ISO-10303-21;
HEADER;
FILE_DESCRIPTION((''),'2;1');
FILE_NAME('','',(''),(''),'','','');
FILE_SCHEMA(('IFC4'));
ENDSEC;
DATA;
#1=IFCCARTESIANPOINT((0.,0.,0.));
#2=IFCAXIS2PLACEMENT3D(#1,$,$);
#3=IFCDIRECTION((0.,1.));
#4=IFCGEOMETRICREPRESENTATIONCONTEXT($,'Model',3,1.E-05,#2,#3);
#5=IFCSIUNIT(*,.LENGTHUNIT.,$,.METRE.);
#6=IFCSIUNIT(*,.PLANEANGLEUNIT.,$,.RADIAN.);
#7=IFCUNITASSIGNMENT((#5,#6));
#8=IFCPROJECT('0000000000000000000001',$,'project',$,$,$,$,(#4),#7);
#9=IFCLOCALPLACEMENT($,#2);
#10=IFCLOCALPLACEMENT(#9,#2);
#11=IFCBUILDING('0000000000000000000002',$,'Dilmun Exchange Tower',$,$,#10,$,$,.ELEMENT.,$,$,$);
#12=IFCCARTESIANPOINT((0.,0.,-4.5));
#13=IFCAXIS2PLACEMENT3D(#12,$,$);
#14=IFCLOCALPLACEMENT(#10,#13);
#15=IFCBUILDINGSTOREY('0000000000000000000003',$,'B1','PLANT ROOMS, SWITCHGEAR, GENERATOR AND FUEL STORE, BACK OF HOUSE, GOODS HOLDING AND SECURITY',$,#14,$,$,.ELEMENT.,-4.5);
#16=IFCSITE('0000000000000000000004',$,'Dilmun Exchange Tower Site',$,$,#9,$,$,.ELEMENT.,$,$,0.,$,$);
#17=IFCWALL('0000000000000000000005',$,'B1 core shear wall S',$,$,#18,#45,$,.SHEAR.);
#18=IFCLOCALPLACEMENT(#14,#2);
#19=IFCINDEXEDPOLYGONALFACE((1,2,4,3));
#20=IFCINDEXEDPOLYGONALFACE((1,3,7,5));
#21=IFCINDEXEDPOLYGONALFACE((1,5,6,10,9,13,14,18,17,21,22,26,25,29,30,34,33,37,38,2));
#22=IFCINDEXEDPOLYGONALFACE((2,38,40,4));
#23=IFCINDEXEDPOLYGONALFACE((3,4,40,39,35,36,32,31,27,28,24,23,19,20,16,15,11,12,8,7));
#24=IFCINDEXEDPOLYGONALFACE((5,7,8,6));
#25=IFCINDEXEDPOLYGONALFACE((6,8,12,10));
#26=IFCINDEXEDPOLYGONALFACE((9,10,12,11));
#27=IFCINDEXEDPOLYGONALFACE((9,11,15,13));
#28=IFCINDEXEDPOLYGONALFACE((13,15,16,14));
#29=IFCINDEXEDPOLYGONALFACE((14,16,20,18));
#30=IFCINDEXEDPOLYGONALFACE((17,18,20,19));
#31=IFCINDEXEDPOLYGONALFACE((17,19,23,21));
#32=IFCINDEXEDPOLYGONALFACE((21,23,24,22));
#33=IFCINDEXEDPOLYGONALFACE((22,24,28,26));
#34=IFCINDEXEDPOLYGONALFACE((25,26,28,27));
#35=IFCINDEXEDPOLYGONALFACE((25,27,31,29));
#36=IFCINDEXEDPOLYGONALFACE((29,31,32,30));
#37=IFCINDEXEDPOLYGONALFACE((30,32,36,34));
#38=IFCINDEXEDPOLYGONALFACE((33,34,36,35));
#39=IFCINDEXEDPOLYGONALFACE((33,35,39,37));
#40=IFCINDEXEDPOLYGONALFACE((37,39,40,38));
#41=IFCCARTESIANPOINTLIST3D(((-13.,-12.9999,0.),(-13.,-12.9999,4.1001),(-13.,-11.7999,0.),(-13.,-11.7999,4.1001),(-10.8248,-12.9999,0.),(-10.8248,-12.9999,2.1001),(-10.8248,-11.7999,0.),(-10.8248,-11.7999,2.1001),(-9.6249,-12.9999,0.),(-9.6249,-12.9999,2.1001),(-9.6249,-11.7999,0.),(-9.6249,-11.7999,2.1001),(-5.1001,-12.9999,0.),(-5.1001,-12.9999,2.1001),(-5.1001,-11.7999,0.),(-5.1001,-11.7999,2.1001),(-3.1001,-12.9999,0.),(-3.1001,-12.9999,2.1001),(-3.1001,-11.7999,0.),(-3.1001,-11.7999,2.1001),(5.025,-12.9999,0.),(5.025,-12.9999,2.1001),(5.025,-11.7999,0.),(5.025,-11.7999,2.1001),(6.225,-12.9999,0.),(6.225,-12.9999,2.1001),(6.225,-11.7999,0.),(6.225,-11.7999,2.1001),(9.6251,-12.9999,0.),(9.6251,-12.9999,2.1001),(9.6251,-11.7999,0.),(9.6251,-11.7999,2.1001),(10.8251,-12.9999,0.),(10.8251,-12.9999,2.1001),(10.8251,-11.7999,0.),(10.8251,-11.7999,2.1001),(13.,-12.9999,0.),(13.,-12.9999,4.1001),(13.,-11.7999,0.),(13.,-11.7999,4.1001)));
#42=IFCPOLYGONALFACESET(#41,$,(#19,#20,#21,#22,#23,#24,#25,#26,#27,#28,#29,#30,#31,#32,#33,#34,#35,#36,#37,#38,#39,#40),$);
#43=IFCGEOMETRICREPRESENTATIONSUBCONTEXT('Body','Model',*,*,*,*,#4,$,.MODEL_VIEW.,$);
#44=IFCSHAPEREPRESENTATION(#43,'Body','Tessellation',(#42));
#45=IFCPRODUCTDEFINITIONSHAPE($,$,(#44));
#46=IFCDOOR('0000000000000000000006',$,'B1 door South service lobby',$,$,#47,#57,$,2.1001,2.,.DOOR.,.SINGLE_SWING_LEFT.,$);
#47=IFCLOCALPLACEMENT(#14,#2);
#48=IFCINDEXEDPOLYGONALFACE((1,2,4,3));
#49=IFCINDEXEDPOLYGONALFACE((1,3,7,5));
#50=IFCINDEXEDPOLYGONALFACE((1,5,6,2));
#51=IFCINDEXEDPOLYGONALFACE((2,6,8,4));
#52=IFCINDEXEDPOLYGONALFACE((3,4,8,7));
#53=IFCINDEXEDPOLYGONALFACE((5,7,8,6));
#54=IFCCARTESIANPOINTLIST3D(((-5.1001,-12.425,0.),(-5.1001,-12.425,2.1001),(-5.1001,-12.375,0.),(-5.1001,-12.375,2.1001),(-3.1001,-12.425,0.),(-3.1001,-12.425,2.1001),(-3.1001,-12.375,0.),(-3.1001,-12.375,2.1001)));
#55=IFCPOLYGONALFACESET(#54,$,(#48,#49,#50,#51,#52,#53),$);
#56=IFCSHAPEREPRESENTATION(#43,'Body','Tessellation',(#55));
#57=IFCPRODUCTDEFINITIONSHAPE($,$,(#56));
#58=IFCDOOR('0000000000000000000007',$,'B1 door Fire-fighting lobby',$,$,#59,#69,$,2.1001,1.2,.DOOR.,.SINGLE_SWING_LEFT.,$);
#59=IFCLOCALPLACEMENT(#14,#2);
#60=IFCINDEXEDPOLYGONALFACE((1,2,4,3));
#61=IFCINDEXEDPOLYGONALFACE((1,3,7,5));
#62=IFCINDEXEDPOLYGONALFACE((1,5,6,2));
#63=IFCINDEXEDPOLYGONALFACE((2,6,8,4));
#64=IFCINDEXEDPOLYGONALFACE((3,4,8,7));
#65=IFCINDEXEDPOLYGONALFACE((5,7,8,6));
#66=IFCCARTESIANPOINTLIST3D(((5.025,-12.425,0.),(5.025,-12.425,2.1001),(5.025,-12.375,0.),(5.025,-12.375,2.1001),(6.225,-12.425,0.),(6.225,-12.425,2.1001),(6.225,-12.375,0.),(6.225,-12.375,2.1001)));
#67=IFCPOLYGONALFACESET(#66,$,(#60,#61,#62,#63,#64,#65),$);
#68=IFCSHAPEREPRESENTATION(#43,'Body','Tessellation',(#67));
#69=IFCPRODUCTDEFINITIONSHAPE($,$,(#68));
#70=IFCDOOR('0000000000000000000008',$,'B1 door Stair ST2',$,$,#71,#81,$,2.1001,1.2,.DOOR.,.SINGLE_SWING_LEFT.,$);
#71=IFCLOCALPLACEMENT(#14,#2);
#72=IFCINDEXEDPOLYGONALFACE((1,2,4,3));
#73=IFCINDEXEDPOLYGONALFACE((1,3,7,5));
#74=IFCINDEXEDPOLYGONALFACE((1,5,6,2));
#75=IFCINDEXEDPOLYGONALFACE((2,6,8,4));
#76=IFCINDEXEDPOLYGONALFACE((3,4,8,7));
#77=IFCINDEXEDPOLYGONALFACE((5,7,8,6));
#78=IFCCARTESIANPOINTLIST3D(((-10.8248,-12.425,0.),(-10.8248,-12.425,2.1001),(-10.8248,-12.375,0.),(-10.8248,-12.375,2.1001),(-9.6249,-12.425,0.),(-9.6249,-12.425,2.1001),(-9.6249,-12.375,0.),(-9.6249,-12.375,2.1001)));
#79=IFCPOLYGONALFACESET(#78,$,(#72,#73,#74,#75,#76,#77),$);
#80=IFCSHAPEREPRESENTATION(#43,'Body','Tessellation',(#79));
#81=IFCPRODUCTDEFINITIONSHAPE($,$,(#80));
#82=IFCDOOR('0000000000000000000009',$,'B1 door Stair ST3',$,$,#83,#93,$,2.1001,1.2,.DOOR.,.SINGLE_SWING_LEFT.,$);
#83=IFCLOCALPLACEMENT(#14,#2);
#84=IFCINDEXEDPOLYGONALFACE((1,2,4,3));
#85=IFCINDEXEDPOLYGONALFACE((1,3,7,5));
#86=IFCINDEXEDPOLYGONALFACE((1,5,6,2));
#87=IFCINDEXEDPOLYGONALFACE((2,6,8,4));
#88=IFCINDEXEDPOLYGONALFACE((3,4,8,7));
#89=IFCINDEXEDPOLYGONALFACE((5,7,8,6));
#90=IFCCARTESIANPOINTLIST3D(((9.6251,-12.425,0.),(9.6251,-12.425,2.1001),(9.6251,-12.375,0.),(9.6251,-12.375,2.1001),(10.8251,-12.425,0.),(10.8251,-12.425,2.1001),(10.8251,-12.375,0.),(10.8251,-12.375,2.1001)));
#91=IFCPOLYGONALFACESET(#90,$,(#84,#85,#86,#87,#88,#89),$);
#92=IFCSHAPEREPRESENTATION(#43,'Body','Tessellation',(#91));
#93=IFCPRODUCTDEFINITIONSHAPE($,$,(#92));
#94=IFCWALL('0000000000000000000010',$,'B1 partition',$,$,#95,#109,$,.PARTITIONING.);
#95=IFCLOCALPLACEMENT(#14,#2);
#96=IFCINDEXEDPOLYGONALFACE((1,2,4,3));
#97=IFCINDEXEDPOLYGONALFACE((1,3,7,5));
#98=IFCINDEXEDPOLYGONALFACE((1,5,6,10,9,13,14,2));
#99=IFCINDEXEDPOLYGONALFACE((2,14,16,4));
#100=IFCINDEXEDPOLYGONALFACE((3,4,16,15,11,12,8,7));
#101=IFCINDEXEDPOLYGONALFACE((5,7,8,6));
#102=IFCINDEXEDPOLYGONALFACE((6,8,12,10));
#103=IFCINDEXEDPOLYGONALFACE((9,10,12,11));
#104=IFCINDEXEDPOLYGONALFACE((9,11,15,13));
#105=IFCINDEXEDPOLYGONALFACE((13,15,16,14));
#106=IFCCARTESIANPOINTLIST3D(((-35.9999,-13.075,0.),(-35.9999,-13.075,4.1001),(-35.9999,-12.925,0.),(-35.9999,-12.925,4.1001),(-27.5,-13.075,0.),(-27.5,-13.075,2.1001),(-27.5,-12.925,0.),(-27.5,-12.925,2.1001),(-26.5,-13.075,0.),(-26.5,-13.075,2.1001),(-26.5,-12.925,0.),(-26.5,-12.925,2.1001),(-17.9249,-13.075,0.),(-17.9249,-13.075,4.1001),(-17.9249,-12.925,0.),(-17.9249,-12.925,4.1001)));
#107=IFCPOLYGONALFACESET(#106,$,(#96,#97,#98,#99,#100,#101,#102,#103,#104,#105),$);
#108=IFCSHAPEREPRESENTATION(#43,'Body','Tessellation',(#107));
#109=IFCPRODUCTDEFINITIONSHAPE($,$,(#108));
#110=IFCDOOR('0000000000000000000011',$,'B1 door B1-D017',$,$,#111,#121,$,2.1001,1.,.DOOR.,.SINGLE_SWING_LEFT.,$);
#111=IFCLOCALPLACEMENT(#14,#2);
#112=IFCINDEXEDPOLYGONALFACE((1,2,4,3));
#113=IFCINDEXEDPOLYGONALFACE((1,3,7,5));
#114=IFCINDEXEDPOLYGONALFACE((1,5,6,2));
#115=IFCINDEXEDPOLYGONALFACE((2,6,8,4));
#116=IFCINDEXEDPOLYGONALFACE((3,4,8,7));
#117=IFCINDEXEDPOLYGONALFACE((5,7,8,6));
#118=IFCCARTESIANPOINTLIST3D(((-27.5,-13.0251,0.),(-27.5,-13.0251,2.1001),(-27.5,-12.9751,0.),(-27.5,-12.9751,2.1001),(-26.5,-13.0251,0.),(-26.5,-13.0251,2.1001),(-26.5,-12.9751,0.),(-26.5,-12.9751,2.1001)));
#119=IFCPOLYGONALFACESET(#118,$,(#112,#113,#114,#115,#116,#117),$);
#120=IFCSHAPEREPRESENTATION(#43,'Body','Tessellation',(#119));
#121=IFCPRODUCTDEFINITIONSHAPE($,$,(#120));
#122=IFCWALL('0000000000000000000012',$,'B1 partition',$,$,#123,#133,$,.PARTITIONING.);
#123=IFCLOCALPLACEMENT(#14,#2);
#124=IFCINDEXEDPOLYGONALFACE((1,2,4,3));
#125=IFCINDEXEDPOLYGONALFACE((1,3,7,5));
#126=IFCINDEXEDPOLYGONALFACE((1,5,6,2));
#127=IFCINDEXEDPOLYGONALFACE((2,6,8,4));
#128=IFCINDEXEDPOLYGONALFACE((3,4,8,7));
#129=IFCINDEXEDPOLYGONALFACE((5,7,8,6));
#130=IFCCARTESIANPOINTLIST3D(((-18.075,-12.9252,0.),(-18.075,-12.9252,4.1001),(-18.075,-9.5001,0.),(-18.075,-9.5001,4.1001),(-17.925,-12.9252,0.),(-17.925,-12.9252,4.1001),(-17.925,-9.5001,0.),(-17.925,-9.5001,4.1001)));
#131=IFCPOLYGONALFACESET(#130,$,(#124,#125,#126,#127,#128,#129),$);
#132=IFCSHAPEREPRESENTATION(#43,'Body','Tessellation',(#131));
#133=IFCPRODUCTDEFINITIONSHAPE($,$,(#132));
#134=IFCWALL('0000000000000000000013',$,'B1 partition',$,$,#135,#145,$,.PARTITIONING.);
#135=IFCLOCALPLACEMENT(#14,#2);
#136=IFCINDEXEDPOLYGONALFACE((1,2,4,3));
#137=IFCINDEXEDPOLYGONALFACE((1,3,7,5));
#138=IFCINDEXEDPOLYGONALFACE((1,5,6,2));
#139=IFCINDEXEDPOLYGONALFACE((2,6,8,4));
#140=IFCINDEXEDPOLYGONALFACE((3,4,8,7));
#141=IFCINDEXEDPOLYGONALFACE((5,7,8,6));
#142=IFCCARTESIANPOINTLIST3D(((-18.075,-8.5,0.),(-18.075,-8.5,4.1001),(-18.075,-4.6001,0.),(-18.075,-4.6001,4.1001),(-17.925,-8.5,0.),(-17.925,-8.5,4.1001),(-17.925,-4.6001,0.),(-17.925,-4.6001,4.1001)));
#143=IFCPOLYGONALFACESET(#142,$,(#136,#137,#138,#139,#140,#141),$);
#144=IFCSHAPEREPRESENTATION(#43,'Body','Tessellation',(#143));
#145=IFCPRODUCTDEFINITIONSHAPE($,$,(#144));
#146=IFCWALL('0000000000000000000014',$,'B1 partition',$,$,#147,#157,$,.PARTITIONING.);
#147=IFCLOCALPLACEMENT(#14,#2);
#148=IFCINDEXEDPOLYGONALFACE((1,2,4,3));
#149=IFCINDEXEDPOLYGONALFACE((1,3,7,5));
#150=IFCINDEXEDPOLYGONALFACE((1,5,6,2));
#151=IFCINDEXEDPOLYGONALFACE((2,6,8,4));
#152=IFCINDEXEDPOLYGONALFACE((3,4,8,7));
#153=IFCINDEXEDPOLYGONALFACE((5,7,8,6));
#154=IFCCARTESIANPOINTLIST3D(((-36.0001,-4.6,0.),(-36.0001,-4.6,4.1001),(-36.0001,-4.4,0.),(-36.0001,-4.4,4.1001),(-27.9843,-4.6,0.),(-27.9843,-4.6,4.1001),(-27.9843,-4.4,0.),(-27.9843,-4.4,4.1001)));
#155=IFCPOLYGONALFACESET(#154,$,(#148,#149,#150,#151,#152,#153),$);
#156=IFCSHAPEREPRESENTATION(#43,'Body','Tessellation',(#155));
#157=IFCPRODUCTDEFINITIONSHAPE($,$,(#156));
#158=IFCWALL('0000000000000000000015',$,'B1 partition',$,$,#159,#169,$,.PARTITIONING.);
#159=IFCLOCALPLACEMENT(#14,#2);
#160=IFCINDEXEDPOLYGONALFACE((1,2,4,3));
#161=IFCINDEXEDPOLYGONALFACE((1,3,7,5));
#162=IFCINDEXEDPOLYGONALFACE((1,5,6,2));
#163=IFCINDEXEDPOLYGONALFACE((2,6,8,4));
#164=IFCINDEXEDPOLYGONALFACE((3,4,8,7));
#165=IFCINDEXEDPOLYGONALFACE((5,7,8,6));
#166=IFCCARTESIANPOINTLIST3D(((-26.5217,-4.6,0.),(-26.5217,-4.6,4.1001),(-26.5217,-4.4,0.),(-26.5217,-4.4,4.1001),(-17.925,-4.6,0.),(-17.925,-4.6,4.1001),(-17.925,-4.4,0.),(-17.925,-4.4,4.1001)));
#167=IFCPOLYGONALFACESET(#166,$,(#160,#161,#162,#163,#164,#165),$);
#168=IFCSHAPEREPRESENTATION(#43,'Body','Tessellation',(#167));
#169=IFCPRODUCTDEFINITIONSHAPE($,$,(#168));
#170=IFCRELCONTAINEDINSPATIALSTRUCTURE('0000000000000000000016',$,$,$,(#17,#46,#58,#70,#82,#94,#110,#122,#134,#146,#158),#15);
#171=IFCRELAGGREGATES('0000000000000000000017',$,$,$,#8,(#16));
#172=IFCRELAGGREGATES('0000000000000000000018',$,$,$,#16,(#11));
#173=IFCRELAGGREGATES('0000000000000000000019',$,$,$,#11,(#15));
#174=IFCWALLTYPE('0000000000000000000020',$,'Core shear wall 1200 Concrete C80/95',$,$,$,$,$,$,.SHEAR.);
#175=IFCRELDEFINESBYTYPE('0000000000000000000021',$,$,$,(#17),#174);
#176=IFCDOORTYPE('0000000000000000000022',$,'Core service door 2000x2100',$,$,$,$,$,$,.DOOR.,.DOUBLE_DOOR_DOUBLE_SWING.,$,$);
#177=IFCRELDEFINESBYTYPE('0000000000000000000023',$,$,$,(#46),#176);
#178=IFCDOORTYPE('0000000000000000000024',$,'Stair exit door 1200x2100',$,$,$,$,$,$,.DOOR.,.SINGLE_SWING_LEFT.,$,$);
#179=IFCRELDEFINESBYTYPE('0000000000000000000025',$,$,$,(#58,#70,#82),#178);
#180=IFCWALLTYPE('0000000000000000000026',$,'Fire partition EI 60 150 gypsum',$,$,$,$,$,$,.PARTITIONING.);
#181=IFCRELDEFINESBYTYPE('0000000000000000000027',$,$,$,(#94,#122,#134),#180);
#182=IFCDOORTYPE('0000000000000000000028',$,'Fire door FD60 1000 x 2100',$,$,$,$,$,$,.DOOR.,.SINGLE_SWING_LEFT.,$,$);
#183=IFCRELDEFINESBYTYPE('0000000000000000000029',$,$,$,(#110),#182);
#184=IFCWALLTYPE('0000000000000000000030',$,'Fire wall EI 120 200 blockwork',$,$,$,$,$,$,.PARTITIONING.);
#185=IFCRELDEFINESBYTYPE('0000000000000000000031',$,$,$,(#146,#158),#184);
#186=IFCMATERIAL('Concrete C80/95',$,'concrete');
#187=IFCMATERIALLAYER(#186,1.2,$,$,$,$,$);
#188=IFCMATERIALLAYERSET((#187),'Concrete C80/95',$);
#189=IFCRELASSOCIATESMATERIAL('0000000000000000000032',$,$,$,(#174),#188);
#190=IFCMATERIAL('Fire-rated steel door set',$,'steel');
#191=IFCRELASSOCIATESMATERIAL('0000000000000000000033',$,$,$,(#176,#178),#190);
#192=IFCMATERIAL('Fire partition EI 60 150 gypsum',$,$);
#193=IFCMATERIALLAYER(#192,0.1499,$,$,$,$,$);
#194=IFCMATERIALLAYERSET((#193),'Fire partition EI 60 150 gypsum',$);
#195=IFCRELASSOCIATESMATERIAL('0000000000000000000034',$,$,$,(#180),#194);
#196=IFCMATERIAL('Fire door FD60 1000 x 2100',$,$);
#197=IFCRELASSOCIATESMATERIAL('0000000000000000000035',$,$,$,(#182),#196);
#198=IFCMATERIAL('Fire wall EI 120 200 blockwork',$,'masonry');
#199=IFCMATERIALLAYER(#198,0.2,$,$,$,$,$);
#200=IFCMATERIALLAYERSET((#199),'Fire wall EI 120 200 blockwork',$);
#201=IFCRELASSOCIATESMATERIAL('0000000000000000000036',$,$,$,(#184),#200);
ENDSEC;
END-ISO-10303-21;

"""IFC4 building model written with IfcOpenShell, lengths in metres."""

from ifc_helpers import new_model, si_unit, direction, frame, frame_2d, origin, place, context, subcontext, project, spatial, rectangle, extrude, material, layer, layer_set, type_object, element, fill, save


model = new_model("IFC4")

# Units and contexts
model_context = context("Model", 3, precision=1e-05, world=origin(), true_north=direction((0.0, 1.0)))
body_context = subcontext(model_context, "Body", "Model", "MODEL_VIEW")
ifc_project = project(units=[si_unit("LENGTHUNIT", "METRE"), si_unit("PLANEANGLEUNIT", "RADIAN")], contexts=[model_context])

# Site, building, storey
site_placement = place(None, origin())
site = spatial("IfcSite", under=ifc_project, at=site_placement, Name="Dilmun Exchange Tower Site", CompositionType="ELEMENT", RefElevation=0.0)
building_placement = place(site_placement, origin())
building = spatial("IfcBuilding", under=site, at=building_placement, Name="Dilmun Exchange Tower", CompositionType="ELEMENT")
storey_placement = place(building_placement, frame((0.0, 0.0, -4.5)))
storey = spatial("IfcBuildingStorey", under=building, at=storey_placement, Name="B1", Description="PLANT ROOMS, SWITCHGEAR, GENERATOR AND FUEL STORE, BACK OF HOUSE, GOODS HOLDING AND SECURITY", CompositionType="ELEMENT", Elevation=-4.5)

# Shared definitions
ifc_material_1 = material(Name="Concrete C80/95", Category="concrete")

# Wall, openings, doors
ifc_layer_1 = layer(ifc_material_1, 1.2)
ifc_layer_set_1 = layer_set([ifc_layer_1], Name="Concrete C80/95")
wall_type_1 = type_object("IfcWallType", Name="Core shear wall 1200 Concrete C80/95", PredefinedType="SHEAR", material=ifc_layer_set_1)
wall_1_placement = place(storey_placement, frame((-13.0, -12.3999, 0.0), z_axis=(0.0, 0.0, 1.0), x_axis=(1.0, 0.0, 0.0)))
wall_1 = element("IfcWall", 1, at=wall_1_placement, inside=storey, type_object=wall_type_1, Name="B1 core shear wall S", PredefinedType="SHEAR", context=body_context, shape_type="SweptSolid", body=[
    extrude(rectangle(XDim=26.0, YDim=1.2, at=frame_2d((13.0, 0.0))), origin(), (0.0, 0.0, 1.0), 4.1001),
])
opening_1_placement = place(wall_1_placement, frame((7.8999, 0.0, 0.0)))
opening_1 = element("IfcOpeningElement", 2, at=opening_1_placement, cuts=wall_1, PredefinedType="OPENING", context=body_context, shape_type="SweptSolid", body=[
    extrude(rectangle(XDim=2.0, YDim=2.1001, at=frame_2d((1.0, 1.05))), frame((0.0, 0.6099, 0.0), z_axis=(0.0, -1.0, 0.0), x_axis=(1.0, 0.0, 0.0)), (0.0, 0.0, 1.0), 1.22),
])
opening_2_placement = place(wall_1_placement, frame((18.0249, 0.0, 0.0)))
opening_2 = element("IfcOpeningElement", 3, at=opening_2_placement, cuts=wall_1, PredefinedType="OPENING", context=body_context, shape_type="SweptSolid", body=[
    extrude(rectangle(XDim=1.2, YDim=2.1001, at=frame_2d((0.6001, 1.05))), frame((0.0, 0.6099, 0.0), z_axis=(0.0, -1.0, 0.0), x_axis=(1.0, 0.0, 0.0)), (0.0, 0.0, 1.0), 1.22),
])
opening_3_placement = place(wall_1_placement, frame((2.175, 0.0, 0.0)))
opening_3 = element("IfcOpeningElement", 4, at=opening_3_placement, cuts=wall_1, PredefinedType="OPENING", context=body_context, shape_type="SweptSolid", body=[
    extrude(rectangle(XDim=1.2, YDim=2.1001, at=frame_2d((0.6001, 1.05))), frame((0.0, 0.6099, 0.0), z_axis=(0.0, -1.0, 0.0), x_axis=(1.0, 0.0, 0.0)), (0.0, 0.0, 1.0), 1.22),
])
opening_4_placement = place(wall_1_placement, frame((22.625, 0.0, 0.0)))
opening_4 = element("IfcOpeningElement", 5, at=opening_4_placement, cuts=wall_1, PredefinedType="OPENING", context=body_context, shape_type="SweptSolid", body=[
    extrude(rectangle(XDim=1.2, YDim=2.1001, at=frame_2d((0.6001, 1.05))), frame((0.0, 0.6099, 0.0), z_axis=(0.0, -1.0, 0.0), x_axis=(1.0, 0.0, 0.0)), (0.0, 0.0, 1.0), 1.22),
])
ifc_material_2 = material(Name="Fire-rated steel door set", Category="steel")
door_type_1 = type_object("IfcDoorType", Name="Core service door 2000x2100", OperationType="DOUBLE_DOOR_DOUBLE_SWING", PredefinedType="DOOR", material=ifc_material_2)
door_1_placement = place(opening_1_placement, origin())
door_1 = element("IfcDoor", 6, at=door_1_placement, inside=storey, type_object=door_type_1, Name="B1 door South service lobby", OperationType="SINGLE_SWING_LEFT", OverallHeight=2.1001, OverallWidth=2.0, PredefinedType="DOOR", context=body_context, shape_type="SweptSolid", body=[
    extrude(rectangle(XDim=2.0, YDim=2.1001, at=frame_2d((1.0, 1.05))), frame((0.0, 0.0249, 0.0), z_axis=(0.0, -1.0, 0.0), x_axis=(1.0, 0.0, 0.0)), (0.0, 0.0, 1.0), 0.05),
])
fill(opening_1, door_1)
door_type_2 = type_object("IfcDoorType", Name="Stair exit door 1200x2100", OperationType="SINGLE_SWING_LEFT", PredefinedType="DOOR", material=ifc_material_2)
door_2_placement = place(opening_2_placement, origin())
door_2 = element("IfcDoor", 7, at=door_2_placement, inside=storey, type_object=door_type_2, Name="B1 door Fire-fighting lobby", OperationType="SINGLE_SWING_LEFT", OverallHeight=2.1001, OverallWidth=1.2, PredefinedType="DOOR", context=body_context, shape_type="SweptSolid", body=[
    extrude(rectangle(XDim=1.2, YDim=2.1001, at=frame_2d((0.6001, 1.05))), frame((0.0, 0.0249, 0.0), z_axis=(0.0, -1.0, 0.0), x_axis=(1.0, 0.0, 0.0)), (0.0, 0.0, 1.0), 0.05),
])
fill(opening_2, door_2)
door_3_placement = place(opening_3_placement, origin())
door_3 = element("IfcDoor", 8, at=door_3_placement, inside=storey, type_object=door_type_2, Name="B1 door Stair ST2", OperationType="SINGLE_SWING_LEFT", OverallHeight=2.1001, OverallWidth=1.2, PredefinedType="DOOR", context=body_context, shape_type="SweptSolid", body=[
    extrude(rectangle(XDim=1.2, YDim=2.1001, at=frame_2d((0.6001, 1.05))), frame((0.0, 0.0249, 0.0), z_axis=(0.0, -1.0, 0.0), x_axis=(1.0, 0.0, 0.0)), (0.0, 0.0, 1.0), 0.05),
])
fill(opening_3, door_3)
door_4_placement = place(opening_4_placement, origin())
door_4 = element("IfcDoor", 9, at=door_4_placement, inside=storey, type_object=door_type_2, Name="B1 door Stair ST3", OperationType="SINGLE_SWING_LEFT", OverallHeight=2.1001, OverallWidth=1.2, PredefinedType="DOOR", context=body_context, shape_type="SweptSolid", body=[
    extrude(rectangle(XDim=1.2, YDim=2.1001, at=frame_2d((0.6001, 1.05))), frame((0.0, 0.0249, 0.0), z_axis=(0.0, -1.0, 0.0), x_axis=(1.0, 0.0, 0.0)), (0.0, 0.0, 1.0), 0.05),
])
fill(opening_4, door_4)

# Wall, opening, door
ifc_material_3 = material(Name="Fire partition EI 60 150 gypsum")
ifc_layer_2 = layer(ifc_material_3, 0.1499)
ifc_layer_set_2 = layer_set([ifc_layer_2], Name="Fire partition EI 60 150 gypsum")
wall_type_2 = type_object("IfcWallType", Name="Fire partition EI 60 150 gypsum", PredefinedType="PARTITIONING", material=ifc_layer_set_2)
wall_2_placement = place(storey_placement, frame((-36.0, -13.0, 0.0), z_axis=(0.0, 0.0, 1.0), x_axis=(1.0, 0.0, 0.0)))
wall_2 = element("IfcWall", 10, at=wall_2_placement, inside=storey, type_object=wall_type_2, Name="B1 partition", PredefinedType="PARTITIONING", context=body_context, shape_type="SweptSolid", body=[
    extrude(rectangle(XDim=18.075, YDim=0.1499, at=frame_2d((9.0376, 0.0))), origin(), (0.0, 0.0, 1.0), 4.1001),
])
opening_5_placement = place(wall_2_placement, frame((8.5, 0.0, 0.0)))
opening_5 = element("IfcOpeningElement", 11, at=opening_5_placement, cuts=wall_2, PredefinedType="OPENING", context=body_context, shape_type="SweptSolid", body=[
    extrude(rectangle(XDim=1.0, YDim=2.1001, at=frame_2d((0.5, 1.05))), frame((0.0, 0.085, 0.0), z_axis=(0.0, -1.0, 0.0), x_axis=(1.0, 0.0, 0.0)), (0.0, 0.0, 1.0), 0.1699),
])
ifc_material_4 = material(Name="Fire door FD60 1000 x 2100")
door_type_3 = type_object("IfcDoorType", Name="Fire door FD60 1000 x 2100", OperationType="SINGLE_SWING_LEFT", PredefinedType="DOOR", material=ifc_material_4)
door_5_placement = place(opening_5_placement, origin())
door_5 = element("IfcDoor", 12, at=door_5_placement, inside=storey, type_object=door_type_3, Name="B1 door B1-D017", OperationType="SINGLE_SWING_LEFT", OverallHeight=2.1001, OverallWidth=1.0, PredefinedType="DOOR", context=body_context, shape_type="SweptSolid", body=[
    extrude(rectangle(XDim=1.0, YDim=2.1001, at=frame_2d((0.5, 1.05))), frame((0.0, 0.0249, 0.0), z_axis=(0.0, -1.0, 0.0), x_axis=(1.0, 0.0, 0.0)), (0.0, 0.0, 1.0), 0.05),
])
fill(opening_5, door_5)

# Walls
wall_3_placement = place(storey_placement, frame((-18.0, -12.925, 0.0), z_axis=(0.0, 0.0, 1.0), x_axis=(0.0, 1.0, 0.0)))
element("IfcWall", 13, at=wall_3_placement, inside=storey, type_object=wall_type_2, Name="B1 partition", PredefinedType="PARTITIONING", context=body_context, shape_type="SweptSolid", body=[
    extrude(rectangle(XDim=3.425, YDim=0.1499, at=frame_2d((1.7124, 0.0))), origin(), (0.0, 0.0, 1.0), 4.1001),
])
wall_4_placement = place(storey_placement, frame((-18.0, -8.5, 0.0), z_axis=(0.0, 0.0, 1.0), x_axis=(0.0, 1.0, 0.0)))
element("IfcWall", 14, at=wall_4_placement, inside=storey, type_object=wall_type_2, Name="B1 partition", PredefinedType="PARTITIONING", context=body_context, shape_type="SweptSolid", body=[
    extrude(rectangle(XDim=3.8999, YDim=0.1499, at=frame_2d((1.95, 0.0))), origin(), (0.0, 0.0, 1.0), 4.1001),
])
ifc_material_5 = material(Name="Fire wall EI 120 200 blockwork", Category="masonry")
ifc_layer_3 = layer(ifc_material_5, 0.2)
ifc_layer_set_3 = layer_set([ifc_layer_3], Name="Fire wall EI 120 200 blockwork")
wall_type_3 = type_object("IfcWallType", Name="Fire wall EI 120 200 blockwork", PredefinedType="PARTITIONING", material=ifc_layer_set_3)
wall_5_placement = place(storey_placement, frame((-36.0, -4.5, 0.0), z_axis=(0.0, 0.0, 1.0), x_axis=(1.0, 0.0, 0.0)))
element("IfcWall", 15, at=wall_5_placement, inside=storey, type_object=wall_type_3, Name="B1 partition", PredefinedType="PARTITIONING", context=body_context, shape_type="SweptSolid", body=[
    extrude(rectangle(XDim=8.0159, YDim=0.2, at=frame_2d((4.0078, 0.0))), origin(), (0.0, 0.0, 1.0), 4.1001),
])
wall_6_placement = place(storey_placement, frame((-26.5217, -4.5, 0.0), z_axis=(0.0, 0.0, 1.0), x_axis=(1.0, 0.0, 0.0)))
element("IfcWall", 16, at=wall_6_placement, inside=storey, type_object=wall_type_3, Name="B1 partition", PredefinedType="PARTITIONING", context=body_context, shape_type="SweptSolid", body=[
    extrude(rectangle(XDim=8.5967, YDim=0.2, at=frame_2d((4.2983, 0.0))), origin(), (0.0, 0.0, 1.0), 4.1001),
])

save(model, "model.ifc")
